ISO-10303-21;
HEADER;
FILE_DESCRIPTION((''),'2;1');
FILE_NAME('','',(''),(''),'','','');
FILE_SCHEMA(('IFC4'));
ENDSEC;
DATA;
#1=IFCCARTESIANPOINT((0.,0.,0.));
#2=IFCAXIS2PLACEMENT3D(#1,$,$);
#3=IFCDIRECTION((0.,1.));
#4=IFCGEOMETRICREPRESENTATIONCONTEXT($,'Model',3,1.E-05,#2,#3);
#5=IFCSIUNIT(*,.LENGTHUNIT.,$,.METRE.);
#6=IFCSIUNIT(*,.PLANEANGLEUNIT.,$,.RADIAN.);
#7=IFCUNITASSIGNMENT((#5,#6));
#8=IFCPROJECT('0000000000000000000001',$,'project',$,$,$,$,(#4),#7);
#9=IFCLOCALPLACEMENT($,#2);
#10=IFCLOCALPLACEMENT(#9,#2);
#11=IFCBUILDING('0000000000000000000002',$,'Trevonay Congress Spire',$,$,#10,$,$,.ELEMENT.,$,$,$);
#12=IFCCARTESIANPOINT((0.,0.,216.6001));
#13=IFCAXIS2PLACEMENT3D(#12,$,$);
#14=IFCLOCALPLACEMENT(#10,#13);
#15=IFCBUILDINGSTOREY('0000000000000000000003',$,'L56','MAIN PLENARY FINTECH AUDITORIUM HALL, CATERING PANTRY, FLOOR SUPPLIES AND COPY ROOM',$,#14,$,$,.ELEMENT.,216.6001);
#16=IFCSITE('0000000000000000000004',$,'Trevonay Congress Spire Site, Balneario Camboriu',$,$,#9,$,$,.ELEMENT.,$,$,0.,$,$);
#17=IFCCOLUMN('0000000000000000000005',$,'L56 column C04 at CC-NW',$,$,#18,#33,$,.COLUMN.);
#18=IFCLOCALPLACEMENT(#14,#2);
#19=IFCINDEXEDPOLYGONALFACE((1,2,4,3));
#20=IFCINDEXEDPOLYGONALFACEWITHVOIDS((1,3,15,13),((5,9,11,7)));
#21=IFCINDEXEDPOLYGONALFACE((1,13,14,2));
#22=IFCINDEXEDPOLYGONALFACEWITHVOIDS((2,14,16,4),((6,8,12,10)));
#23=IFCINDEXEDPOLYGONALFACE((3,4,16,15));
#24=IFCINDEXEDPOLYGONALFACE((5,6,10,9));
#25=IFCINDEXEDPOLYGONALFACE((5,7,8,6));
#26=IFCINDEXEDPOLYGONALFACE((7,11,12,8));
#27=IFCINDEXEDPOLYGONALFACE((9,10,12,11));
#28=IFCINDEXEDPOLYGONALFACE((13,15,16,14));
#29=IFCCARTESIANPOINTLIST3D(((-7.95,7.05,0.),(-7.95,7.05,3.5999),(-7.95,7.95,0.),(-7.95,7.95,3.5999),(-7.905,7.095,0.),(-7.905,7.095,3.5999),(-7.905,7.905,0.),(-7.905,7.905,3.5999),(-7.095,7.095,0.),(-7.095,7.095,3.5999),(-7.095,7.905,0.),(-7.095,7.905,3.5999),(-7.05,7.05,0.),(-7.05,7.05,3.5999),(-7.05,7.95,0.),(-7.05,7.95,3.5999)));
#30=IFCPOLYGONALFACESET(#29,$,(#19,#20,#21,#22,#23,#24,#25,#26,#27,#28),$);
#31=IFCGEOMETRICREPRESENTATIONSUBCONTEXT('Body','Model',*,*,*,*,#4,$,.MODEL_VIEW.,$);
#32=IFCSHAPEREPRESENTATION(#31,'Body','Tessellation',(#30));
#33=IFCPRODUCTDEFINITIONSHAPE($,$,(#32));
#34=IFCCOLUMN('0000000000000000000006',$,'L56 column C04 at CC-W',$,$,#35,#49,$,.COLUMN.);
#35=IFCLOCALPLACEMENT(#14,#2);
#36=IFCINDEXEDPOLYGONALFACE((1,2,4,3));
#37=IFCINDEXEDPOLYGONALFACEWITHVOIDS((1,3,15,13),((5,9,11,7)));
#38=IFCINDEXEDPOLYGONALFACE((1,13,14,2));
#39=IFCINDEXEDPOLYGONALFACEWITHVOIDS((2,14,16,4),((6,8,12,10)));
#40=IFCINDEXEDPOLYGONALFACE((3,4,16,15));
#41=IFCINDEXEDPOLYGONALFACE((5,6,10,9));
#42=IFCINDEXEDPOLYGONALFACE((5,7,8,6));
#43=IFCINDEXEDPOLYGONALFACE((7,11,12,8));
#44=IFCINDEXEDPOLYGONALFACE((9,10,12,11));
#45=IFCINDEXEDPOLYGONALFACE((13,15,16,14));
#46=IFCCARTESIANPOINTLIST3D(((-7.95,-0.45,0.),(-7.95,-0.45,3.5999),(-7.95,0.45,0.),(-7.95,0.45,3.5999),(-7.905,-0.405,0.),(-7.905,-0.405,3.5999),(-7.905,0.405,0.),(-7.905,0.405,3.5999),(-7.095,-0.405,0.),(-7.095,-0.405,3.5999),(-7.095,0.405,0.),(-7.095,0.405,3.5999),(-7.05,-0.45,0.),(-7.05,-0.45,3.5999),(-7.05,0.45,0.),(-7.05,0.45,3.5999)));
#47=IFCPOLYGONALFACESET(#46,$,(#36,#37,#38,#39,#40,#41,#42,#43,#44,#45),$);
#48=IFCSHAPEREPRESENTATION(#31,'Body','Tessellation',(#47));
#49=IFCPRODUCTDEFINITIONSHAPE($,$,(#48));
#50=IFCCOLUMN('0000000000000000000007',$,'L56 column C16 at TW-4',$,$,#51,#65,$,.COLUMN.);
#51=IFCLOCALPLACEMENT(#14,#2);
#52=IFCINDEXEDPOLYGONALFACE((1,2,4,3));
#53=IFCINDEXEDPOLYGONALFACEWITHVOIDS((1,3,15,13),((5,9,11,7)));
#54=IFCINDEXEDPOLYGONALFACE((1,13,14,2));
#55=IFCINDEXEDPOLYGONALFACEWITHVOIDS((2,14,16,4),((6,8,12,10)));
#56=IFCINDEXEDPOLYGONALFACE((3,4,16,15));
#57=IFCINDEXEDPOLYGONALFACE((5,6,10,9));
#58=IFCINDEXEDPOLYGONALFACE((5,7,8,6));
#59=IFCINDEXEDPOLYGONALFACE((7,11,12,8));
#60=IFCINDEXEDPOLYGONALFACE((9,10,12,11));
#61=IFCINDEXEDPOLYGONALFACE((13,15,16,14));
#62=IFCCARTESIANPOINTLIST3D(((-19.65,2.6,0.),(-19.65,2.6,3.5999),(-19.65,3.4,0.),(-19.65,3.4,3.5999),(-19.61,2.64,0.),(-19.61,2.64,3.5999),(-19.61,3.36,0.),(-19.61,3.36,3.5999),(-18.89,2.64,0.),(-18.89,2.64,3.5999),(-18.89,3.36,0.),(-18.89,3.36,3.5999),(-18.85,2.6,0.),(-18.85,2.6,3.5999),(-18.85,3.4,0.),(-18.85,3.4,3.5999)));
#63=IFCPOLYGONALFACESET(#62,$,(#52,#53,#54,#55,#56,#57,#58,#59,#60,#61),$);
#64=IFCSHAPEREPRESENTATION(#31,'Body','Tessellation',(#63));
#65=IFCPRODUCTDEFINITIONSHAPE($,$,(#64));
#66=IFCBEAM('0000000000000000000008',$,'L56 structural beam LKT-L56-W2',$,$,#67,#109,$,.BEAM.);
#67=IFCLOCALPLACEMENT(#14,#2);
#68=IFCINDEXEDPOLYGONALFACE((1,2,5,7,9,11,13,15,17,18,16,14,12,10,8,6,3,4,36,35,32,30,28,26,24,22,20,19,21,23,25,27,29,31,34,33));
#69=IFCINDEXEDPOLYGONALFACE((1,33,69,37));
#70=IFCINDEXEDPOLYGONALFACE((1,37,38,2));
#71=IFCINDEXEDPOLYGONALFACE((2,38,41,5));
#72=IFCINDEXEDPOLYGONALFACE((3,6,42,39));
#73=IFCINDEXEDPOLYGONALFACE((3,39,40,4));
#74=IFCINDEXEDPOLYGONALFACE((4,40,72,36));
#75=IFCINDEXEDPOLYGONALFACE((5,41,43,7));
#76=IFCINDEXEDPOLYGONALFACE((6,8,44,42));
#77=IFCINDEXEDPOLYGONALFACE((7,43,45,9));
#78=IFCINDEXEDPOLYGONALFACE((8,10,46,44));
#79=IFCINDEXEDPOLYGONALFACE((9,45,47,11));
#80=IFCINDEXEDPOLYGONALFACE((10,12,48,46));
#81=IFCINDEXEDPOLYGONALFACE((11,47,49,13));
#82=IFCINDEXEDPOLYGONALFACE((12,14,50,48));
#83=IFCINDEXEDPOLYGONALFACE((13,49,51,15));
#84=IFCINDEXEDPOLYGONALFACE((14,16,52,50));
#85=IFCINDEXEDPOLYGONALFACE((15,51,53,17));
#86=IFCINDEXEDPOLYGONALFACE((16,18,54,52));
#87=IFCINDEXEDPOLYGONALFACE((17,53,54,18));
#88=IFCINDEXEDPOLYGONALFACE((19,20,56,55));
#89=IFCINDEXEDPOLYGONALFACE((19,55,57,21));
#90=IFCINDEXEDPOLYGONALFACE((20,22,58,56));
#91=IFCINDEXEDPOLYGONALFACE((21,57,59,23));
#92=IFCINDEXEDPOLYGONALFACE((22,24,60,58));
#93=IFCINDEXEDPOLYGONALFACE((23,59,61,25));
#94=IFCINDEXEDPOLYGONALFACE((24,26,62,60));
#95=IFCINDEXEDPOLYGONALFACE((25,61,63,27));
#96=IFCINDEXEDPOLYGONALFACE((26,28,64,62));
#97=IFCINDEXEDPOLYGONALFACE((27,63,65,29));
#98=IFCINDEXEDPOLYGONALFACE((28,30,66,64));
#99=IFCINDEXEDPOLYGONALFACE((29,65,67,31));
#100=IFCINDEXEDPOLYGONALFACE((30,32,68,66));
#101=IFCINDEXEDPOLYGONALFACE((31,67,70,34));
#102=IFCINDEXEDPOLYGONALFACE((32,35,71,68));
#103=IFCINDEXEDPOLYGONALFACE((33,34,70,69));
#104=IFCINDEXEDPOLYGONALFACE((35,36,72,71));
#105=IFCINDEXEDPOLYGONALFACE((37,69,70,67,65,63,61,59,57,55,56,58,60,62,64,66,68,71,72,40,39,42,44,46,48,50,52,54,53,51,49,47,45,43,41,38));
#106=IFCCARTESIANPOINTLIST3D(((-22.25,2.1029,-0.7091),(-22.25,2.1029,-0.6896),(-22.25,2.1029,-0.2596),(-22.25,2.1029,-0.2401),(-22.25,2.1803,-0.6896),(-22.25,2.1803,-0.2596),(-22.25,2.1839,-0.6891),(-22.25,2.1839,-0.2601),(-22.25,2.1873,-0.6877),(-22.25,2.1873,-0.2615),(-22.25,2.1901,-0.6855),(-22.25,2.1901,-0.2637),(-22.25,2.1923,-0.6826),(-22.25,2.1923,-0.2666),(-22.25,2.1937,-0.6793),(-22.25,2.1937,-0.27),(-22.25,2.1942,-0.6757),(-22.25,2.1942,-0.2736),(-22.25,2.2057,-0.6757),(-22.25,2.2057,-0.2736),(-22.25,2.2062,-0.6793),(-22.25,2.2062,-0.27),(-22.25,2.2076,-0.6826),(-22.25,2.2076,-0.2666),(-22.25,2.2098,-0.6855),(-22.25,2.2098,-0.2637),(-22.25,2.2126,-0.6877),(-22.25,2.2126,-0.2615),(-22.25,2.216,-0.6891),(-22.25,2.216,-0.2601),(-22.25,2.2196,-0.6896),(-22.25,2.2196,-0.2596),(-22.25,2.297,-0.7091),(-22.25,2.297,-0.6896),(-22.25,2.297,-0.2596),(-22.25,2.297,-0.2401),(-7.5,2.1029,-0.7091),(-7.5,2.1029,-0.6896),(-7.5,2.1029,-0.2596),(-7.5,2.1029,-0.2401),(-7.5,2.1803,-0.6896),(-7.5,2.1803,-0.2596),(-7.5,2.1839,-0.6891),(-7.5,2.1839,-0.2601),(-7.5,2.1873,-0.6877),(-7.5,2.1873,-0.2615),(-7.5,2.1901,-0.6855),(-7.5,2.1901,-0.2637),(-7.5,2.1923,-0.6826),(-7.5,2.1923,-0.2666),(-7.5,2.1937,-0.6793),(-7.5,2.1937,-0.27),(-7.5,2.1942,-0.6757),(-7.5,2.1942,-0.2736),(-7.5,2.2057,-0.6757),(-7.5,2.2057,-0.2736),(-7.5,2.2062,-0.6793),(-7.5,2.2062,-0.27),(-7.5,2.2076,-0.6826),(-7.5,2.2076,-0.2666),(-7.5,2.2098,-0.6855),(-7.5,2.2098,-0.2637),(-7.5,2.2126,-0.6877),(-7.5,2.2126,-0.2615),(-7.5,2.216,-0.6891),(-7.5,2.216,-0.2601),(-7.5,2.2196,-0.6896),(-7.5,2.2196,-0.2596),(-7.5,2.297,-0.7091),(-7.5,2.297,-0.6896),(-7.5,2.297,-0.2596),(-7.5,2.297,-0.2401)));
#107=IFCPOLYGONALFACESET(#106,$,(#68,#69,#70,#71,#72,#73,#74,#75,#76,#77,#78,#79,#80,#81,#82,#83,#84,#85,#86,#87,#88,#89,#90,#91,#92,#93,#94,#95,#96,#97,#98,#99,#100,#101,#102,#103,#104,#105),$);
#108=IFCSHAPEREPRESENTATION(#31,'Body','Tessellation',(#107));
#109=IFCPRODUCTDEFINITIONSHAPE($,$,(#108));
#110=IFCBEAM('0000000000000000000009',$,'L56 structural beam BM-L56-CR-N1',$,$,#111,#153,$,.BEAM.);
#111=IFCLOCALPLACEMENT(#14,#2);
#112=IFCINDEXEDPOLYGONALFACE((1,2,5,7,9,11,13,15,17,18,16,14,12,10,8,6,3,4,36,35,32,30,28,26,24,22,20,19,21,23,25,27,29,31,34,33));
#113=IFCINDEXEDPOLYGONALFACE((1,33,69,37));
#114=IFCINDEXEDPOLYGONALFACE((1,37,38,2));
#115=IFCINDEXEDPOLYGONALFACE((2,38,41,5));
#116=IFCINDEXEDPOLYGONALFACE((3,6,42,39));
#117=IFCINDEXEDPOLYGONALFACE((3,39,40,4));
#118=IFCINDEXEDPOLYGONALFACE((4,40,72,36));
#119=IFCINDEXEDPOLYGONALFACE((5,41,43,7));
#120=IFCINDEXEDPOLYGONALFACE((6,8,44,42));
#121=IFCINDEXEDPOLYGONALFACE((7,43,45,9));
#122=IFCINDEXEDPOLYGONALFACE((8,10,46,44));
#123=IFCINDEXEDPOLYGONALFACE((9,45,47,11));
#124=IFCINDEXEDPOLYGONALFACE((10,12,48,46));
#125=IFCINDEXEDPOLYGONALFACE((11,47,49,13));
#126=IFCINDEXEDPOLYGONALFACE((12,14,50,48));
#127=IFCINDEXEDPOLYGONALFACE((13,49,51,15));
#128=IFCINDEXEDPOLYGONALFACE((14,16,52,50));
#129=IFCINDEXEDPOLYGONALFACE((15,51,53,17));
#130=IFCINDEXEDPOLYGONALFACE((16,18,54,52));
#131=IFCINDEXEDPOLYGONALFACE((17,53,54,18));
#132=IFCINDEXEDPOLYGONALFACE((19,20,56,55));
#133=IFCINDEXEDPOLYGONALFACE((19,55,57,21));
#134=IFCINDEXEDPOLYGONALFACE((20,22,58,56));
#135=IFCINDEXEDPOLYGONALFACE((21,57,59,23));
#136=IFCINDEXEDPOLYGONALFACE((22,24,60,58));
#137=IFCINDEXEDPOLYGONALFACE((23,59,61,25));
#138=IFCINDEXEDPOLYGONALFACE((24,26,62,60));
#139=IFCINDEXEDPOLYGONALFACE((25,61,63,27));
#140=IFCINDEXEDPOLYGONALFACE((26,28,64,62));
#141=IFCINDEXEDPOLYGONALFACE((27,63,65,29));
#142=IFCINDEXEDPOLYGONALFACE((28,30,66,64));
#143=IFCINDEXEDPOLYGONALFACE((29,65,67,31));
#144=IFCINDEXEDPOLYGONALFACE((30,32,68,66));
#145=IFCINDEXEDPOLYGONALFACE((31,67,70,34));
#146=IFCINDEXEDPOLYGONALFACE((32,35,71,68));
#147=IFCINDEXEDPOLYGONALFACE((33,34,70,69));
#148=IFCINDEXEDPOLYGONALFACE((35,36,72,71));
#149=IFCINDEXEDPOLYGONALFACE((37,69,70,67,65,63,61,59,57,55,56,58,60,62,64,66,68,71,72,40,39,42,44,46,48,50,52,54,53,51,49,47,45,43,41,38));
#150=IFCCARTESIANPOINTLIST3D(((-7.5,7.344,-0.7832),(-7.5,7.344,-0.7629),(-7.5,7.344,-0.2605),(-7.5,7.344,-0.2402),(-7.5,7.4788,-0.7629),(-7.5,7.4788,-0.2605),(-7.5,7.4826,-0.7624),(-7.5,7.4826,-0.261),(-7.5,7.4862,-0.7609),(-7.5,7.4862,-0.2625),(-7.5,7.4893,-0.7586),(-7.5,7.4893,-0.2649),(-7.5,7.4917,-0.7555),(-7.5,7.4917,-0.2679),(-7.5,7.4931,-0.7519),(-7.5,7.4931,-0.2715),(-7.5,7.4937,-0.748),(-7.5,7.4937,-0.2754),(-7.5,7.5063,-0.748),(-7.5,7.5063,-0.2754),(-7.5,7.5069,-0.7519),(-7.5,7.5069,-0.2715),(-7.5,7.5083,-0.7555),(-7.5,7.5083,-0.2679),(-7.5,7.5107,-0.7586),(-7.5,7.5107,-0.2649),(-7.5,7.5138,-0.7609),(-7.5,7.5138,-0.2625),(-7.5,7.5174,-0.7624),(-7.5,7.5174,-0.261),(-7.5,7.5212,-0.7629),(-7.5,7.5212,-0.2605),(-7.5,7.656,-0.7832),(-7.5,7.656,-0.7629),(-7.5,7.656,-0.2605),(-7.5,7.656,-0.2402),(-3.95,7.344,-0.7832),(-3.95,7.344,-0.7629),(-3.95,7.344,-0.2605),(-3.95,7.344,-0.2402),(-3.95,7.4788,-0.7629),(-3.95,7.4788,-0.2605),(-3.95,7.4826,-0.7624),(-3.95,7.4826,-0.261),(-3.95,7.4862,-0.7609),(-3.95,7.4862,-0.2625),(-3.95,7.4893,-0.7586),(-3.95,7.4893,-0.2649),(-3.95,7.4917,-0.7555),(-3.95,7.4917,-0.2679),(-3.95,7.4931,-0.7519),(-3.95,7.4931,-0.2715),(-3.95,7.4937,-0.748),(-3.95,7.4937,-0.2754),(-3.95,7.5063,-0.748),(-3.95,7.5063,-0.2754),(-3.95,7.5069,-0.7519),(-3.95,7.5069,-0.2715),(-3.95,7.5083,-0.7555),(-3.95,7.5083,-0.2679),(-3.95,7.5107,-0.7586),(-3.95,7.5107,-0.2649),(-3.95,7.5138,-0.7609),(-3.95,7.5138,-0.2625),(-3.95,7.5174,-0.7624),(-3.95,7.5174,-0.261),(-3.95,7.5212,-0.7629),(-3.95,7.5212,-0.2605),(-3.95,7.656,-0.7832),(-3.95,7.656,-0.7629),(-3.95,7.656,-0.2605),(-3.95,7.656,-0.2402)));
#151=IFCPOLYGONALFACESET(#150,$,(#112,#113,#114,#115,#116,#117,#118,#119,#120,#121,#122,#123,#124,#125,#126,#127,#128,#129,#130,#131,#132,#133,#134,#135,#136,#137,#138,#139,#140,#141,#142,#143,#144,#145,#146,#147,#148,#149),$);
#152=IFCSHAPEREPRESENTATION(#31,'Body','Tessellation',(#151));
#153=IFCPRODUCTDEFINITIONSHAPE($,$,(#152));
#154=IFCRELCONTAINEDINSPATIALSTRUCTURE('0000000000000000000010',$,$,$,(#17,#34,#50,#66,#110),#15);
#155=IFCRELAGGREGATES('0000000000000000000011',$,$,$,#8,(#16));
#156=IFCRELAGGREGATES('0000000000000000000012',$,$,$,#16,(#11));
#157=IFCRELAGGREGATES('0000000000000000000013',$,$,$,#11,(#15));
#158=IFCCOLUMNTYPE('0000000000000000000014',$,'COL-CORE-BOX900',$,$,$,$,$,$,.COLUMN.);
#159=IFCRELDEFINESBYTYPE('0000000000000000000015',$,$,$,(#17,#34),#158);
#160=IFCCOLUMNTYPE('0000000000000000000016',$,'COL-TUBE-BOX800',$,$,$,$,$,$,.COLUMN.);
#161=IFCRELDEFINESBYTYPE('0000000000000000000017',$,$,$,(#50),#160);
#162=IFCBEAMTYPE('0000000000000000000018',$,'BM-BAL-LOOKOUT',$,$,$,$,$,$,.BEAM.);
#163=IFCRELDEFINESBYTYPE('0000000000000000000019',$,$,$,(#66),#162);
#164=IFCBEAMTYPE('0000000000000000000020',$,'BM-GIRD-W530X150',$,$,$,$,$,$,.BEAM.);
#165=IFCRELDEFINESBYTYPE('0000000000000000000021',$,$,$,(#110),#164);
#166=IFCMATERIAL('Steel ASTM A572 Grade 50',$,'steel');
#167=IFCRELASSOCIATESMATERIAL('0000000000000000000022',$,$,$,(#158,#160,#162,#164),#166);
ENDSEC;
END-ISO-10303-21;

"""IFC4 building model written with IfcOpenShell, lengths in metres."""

from ifc_helpers import new_model, si_unit, direction, frame, origin, origin_2d, place, context, subcontext, project, spatial, hollow_rectangle, i_section, extrude, material, material_profile, profile_set, type_object, element, save


model = new_model("IFC4")

# Units and contexts
model_context = context("Model", 3, precision=1e-05, world=origin(), true_north=direction((0.0, 1.0)))
body_context = subcontext(model_context, "Body", "Model", "MODEL_VIEW")
ifc_project = project(units=[si_unit("LENGTHUNIT", "METRE"), si_unit("PLANEANGLEUNIT", "RADIAN")], contexts=[model_context])

# Site, building, storey
site_placement = place(None, origin())
site = spatial("IfcSite", under=ifc_project, at=site_placement, Name="Trevonay Congress Spire Site, Balneario Camboriu", CompositionType="ELEMENT", RefElevation=0.0)
building_placement = place(site_placement, origin())
building = spatial("IfcBuilding", under=site, at=building_placement, Name="Trevonay Congress Spire", CompositionType="ELEMENT")
storey_placement = place(building_placement, frame((0.0, 0.0, 216.6001)))
storey = spatial("IfcBuildingStorey", under=building, at=storey_placement, Name="L56", Description="MAIN PLENARY FINTECH AUDITORIUM HALL, CATERING PANTRY, FLOOR SUPPLIES AND COPY ROOM", CompositionType="ELEMENT", Elevation=216.6001)

# Columns
ifc_material_1 = material(Name="Steel ASTM A572 Grade 50", Category="steel")
ifc_material_profile_1 = material_profile(ifc_material_1, hollow_rectangle(XDim=0.8999, YDim=0.8999, WallThickness=0.0449, at=origin_2d()), Name="BOX 900x900x45")
ifc_profile_set_1 = profile_set([ifc_material_profile_1], Name="Steel ASTM A572 Grade 50")
column_type_1 = type_object("IfcColumnType", Name="COL-CORE-BOX900", PredefinedType="COLUMN", material=ifc_profile_set_1)
for number, where, z_axis, x_axis, name in (
    (1, (-7.5, 7.5, 0.0), (0.0, 0.0, 1.0), (1.0, 0.0, 0.0), "L56 column C04 at CC-NW"),
    (2, (-7.5, 0.0, 0.0), (0.0, 0.0, 1.0), (1.0, 0.0, 0.0), "L56 column C04 at CC-W"),
):
    element("IfcColumn", number, at=place(storey_placement, frame(where, z_axis=z_axis, x_axis=x_axis)), inside=storey, type_object=column_type_1, Name=name, PredefinedType="COLUMN", context=body_context, shape_type="SweptSolid", body=[
        extrude(hollow_rectangle(XDim=0.8999, YDim=0.8999, WallThickness=0.0449, at=origin_2d()), origin(), (0.0, 0.0, 1.0), 3.5999),
    ])
ifc_material_profile_2 = material_profile(ifc_material_1, hollow_rectangle(XDim=0.8, YDim=0.8, WallThickness=0.04, at=origin_2d()), Name="BOX 800x800x40")
ifc_profile_set_2 = profile_set([ifc_material_profile_2], Name="Steel ASTM A572 Grade 50")
column_type_2 = type_object("IfcColumnType", Name="COL-TUBE-BOX800", PredefinedType="COLUMN", material=ifc_profile_set_2)
column_placement = place(storey_placement, frame((-19.25, 3.0, 0.0), z_axis=(0.0, 0.0, 1.0), x_axis=(1.0, 0.0, 0.0)))
element("IfcColumn", 3, at=column_placement, inside=storey, type_object=column_type_2, Name="L56 column C16 at TW-4", PredefinedType="COLUMN", context=body_context, shape_type="SweptSolid", body=[
    extrude(hollow_rectangle(XDim=0.8, YDim=0.8, WallThickness=0.04, at=origin_2d()), origin(), (0.0, 0.0, 1.0), 3.5999),
])

# Beams
ifc_material_profile_3 = material_profile(ifc_material_1, i_section(OverallWidth=0.1941, OverallDepth=0.469, WebThickness=0.0115, FlangeThickness=0.0195, FilletRadius=0.0139, at=origin_2d()), Name="W460x106")
ifc_profile_set_3 = profile_set([ifc_material_profile_3], Name="Steel ASTM A572 Grade 50")
beam_type_1 = type_object("IfcBeamType", Name="BM-BAL-LOOKOUT", PredefinedType="BEAM", material=ifc_profile_set_3)
beam_1_placement = place(storey_placement, frame((-7.5, 2.2, -0.4746), z_axis=(-1.0, 0.0, 0.0), x_axis=(0.0, -1.0, 0.0)))
element("IfcBeam", 4, at=beam_1_placement, inside=storey, type_object=beam_type_1, Name="L56 structural beam LKT-L56-W2", PredefinedType="BEAM", context=body_context, shape_type="SweptSolid", body=[
    extrude(i_section(OverallWidth=0.1941, OverallDepth=0.469, WebThickness=0.0115, FlangeThickness=0.0195, FilletRadius=0.0139, at=origin_2d()), origin(), (0.0, 0.0, 1.0), 14.75),
])
ifc_material_profile_4 = material_profile(ifc_material_1, i_section(OverallWidth=0.312, OverallDepth=0.543, WebThickness=0.0127, FlangeThickness=0.0203, FilletRadius=0.0149, at=origin_2d()), Name="W530x150")
ifc_profile_set_4 = profile_set([ifc_material_profile_4], Name="Steel ASTM A572 Grade 50")
beam_type_2 = type_object("IfcBeamType", Name="BM-GIRD-W530X150", PredefinedType="BEAM", material=ifc_profile_set_4)
beam_2_placement = place(storey_placement, frame((-7.5, 7.5, -0.5117), z_axis=(1.0, 0.0, 0.0), x_axis=(0.0, 1.0, 0.0)))
element("IfcBeam", 5, at=beam_2_placement, inside=storey, type_object=beam_type_2, Name="L56 structural beam BM-L56-CR-N1", PredefinedType="BEAM", context=body_context, shape_type="SweptSolid", body=[
    extrude(i_section(OverallWidth=0.312, OverallDepth=0.543, WebThickness=0.0127, FlangeThickness=0.0203, FilletRadius=0.0149, at=origin_2d()), origin(), (0.0, 0.0, 1.0), 3.55),
])

save(model, "model.ifc")
